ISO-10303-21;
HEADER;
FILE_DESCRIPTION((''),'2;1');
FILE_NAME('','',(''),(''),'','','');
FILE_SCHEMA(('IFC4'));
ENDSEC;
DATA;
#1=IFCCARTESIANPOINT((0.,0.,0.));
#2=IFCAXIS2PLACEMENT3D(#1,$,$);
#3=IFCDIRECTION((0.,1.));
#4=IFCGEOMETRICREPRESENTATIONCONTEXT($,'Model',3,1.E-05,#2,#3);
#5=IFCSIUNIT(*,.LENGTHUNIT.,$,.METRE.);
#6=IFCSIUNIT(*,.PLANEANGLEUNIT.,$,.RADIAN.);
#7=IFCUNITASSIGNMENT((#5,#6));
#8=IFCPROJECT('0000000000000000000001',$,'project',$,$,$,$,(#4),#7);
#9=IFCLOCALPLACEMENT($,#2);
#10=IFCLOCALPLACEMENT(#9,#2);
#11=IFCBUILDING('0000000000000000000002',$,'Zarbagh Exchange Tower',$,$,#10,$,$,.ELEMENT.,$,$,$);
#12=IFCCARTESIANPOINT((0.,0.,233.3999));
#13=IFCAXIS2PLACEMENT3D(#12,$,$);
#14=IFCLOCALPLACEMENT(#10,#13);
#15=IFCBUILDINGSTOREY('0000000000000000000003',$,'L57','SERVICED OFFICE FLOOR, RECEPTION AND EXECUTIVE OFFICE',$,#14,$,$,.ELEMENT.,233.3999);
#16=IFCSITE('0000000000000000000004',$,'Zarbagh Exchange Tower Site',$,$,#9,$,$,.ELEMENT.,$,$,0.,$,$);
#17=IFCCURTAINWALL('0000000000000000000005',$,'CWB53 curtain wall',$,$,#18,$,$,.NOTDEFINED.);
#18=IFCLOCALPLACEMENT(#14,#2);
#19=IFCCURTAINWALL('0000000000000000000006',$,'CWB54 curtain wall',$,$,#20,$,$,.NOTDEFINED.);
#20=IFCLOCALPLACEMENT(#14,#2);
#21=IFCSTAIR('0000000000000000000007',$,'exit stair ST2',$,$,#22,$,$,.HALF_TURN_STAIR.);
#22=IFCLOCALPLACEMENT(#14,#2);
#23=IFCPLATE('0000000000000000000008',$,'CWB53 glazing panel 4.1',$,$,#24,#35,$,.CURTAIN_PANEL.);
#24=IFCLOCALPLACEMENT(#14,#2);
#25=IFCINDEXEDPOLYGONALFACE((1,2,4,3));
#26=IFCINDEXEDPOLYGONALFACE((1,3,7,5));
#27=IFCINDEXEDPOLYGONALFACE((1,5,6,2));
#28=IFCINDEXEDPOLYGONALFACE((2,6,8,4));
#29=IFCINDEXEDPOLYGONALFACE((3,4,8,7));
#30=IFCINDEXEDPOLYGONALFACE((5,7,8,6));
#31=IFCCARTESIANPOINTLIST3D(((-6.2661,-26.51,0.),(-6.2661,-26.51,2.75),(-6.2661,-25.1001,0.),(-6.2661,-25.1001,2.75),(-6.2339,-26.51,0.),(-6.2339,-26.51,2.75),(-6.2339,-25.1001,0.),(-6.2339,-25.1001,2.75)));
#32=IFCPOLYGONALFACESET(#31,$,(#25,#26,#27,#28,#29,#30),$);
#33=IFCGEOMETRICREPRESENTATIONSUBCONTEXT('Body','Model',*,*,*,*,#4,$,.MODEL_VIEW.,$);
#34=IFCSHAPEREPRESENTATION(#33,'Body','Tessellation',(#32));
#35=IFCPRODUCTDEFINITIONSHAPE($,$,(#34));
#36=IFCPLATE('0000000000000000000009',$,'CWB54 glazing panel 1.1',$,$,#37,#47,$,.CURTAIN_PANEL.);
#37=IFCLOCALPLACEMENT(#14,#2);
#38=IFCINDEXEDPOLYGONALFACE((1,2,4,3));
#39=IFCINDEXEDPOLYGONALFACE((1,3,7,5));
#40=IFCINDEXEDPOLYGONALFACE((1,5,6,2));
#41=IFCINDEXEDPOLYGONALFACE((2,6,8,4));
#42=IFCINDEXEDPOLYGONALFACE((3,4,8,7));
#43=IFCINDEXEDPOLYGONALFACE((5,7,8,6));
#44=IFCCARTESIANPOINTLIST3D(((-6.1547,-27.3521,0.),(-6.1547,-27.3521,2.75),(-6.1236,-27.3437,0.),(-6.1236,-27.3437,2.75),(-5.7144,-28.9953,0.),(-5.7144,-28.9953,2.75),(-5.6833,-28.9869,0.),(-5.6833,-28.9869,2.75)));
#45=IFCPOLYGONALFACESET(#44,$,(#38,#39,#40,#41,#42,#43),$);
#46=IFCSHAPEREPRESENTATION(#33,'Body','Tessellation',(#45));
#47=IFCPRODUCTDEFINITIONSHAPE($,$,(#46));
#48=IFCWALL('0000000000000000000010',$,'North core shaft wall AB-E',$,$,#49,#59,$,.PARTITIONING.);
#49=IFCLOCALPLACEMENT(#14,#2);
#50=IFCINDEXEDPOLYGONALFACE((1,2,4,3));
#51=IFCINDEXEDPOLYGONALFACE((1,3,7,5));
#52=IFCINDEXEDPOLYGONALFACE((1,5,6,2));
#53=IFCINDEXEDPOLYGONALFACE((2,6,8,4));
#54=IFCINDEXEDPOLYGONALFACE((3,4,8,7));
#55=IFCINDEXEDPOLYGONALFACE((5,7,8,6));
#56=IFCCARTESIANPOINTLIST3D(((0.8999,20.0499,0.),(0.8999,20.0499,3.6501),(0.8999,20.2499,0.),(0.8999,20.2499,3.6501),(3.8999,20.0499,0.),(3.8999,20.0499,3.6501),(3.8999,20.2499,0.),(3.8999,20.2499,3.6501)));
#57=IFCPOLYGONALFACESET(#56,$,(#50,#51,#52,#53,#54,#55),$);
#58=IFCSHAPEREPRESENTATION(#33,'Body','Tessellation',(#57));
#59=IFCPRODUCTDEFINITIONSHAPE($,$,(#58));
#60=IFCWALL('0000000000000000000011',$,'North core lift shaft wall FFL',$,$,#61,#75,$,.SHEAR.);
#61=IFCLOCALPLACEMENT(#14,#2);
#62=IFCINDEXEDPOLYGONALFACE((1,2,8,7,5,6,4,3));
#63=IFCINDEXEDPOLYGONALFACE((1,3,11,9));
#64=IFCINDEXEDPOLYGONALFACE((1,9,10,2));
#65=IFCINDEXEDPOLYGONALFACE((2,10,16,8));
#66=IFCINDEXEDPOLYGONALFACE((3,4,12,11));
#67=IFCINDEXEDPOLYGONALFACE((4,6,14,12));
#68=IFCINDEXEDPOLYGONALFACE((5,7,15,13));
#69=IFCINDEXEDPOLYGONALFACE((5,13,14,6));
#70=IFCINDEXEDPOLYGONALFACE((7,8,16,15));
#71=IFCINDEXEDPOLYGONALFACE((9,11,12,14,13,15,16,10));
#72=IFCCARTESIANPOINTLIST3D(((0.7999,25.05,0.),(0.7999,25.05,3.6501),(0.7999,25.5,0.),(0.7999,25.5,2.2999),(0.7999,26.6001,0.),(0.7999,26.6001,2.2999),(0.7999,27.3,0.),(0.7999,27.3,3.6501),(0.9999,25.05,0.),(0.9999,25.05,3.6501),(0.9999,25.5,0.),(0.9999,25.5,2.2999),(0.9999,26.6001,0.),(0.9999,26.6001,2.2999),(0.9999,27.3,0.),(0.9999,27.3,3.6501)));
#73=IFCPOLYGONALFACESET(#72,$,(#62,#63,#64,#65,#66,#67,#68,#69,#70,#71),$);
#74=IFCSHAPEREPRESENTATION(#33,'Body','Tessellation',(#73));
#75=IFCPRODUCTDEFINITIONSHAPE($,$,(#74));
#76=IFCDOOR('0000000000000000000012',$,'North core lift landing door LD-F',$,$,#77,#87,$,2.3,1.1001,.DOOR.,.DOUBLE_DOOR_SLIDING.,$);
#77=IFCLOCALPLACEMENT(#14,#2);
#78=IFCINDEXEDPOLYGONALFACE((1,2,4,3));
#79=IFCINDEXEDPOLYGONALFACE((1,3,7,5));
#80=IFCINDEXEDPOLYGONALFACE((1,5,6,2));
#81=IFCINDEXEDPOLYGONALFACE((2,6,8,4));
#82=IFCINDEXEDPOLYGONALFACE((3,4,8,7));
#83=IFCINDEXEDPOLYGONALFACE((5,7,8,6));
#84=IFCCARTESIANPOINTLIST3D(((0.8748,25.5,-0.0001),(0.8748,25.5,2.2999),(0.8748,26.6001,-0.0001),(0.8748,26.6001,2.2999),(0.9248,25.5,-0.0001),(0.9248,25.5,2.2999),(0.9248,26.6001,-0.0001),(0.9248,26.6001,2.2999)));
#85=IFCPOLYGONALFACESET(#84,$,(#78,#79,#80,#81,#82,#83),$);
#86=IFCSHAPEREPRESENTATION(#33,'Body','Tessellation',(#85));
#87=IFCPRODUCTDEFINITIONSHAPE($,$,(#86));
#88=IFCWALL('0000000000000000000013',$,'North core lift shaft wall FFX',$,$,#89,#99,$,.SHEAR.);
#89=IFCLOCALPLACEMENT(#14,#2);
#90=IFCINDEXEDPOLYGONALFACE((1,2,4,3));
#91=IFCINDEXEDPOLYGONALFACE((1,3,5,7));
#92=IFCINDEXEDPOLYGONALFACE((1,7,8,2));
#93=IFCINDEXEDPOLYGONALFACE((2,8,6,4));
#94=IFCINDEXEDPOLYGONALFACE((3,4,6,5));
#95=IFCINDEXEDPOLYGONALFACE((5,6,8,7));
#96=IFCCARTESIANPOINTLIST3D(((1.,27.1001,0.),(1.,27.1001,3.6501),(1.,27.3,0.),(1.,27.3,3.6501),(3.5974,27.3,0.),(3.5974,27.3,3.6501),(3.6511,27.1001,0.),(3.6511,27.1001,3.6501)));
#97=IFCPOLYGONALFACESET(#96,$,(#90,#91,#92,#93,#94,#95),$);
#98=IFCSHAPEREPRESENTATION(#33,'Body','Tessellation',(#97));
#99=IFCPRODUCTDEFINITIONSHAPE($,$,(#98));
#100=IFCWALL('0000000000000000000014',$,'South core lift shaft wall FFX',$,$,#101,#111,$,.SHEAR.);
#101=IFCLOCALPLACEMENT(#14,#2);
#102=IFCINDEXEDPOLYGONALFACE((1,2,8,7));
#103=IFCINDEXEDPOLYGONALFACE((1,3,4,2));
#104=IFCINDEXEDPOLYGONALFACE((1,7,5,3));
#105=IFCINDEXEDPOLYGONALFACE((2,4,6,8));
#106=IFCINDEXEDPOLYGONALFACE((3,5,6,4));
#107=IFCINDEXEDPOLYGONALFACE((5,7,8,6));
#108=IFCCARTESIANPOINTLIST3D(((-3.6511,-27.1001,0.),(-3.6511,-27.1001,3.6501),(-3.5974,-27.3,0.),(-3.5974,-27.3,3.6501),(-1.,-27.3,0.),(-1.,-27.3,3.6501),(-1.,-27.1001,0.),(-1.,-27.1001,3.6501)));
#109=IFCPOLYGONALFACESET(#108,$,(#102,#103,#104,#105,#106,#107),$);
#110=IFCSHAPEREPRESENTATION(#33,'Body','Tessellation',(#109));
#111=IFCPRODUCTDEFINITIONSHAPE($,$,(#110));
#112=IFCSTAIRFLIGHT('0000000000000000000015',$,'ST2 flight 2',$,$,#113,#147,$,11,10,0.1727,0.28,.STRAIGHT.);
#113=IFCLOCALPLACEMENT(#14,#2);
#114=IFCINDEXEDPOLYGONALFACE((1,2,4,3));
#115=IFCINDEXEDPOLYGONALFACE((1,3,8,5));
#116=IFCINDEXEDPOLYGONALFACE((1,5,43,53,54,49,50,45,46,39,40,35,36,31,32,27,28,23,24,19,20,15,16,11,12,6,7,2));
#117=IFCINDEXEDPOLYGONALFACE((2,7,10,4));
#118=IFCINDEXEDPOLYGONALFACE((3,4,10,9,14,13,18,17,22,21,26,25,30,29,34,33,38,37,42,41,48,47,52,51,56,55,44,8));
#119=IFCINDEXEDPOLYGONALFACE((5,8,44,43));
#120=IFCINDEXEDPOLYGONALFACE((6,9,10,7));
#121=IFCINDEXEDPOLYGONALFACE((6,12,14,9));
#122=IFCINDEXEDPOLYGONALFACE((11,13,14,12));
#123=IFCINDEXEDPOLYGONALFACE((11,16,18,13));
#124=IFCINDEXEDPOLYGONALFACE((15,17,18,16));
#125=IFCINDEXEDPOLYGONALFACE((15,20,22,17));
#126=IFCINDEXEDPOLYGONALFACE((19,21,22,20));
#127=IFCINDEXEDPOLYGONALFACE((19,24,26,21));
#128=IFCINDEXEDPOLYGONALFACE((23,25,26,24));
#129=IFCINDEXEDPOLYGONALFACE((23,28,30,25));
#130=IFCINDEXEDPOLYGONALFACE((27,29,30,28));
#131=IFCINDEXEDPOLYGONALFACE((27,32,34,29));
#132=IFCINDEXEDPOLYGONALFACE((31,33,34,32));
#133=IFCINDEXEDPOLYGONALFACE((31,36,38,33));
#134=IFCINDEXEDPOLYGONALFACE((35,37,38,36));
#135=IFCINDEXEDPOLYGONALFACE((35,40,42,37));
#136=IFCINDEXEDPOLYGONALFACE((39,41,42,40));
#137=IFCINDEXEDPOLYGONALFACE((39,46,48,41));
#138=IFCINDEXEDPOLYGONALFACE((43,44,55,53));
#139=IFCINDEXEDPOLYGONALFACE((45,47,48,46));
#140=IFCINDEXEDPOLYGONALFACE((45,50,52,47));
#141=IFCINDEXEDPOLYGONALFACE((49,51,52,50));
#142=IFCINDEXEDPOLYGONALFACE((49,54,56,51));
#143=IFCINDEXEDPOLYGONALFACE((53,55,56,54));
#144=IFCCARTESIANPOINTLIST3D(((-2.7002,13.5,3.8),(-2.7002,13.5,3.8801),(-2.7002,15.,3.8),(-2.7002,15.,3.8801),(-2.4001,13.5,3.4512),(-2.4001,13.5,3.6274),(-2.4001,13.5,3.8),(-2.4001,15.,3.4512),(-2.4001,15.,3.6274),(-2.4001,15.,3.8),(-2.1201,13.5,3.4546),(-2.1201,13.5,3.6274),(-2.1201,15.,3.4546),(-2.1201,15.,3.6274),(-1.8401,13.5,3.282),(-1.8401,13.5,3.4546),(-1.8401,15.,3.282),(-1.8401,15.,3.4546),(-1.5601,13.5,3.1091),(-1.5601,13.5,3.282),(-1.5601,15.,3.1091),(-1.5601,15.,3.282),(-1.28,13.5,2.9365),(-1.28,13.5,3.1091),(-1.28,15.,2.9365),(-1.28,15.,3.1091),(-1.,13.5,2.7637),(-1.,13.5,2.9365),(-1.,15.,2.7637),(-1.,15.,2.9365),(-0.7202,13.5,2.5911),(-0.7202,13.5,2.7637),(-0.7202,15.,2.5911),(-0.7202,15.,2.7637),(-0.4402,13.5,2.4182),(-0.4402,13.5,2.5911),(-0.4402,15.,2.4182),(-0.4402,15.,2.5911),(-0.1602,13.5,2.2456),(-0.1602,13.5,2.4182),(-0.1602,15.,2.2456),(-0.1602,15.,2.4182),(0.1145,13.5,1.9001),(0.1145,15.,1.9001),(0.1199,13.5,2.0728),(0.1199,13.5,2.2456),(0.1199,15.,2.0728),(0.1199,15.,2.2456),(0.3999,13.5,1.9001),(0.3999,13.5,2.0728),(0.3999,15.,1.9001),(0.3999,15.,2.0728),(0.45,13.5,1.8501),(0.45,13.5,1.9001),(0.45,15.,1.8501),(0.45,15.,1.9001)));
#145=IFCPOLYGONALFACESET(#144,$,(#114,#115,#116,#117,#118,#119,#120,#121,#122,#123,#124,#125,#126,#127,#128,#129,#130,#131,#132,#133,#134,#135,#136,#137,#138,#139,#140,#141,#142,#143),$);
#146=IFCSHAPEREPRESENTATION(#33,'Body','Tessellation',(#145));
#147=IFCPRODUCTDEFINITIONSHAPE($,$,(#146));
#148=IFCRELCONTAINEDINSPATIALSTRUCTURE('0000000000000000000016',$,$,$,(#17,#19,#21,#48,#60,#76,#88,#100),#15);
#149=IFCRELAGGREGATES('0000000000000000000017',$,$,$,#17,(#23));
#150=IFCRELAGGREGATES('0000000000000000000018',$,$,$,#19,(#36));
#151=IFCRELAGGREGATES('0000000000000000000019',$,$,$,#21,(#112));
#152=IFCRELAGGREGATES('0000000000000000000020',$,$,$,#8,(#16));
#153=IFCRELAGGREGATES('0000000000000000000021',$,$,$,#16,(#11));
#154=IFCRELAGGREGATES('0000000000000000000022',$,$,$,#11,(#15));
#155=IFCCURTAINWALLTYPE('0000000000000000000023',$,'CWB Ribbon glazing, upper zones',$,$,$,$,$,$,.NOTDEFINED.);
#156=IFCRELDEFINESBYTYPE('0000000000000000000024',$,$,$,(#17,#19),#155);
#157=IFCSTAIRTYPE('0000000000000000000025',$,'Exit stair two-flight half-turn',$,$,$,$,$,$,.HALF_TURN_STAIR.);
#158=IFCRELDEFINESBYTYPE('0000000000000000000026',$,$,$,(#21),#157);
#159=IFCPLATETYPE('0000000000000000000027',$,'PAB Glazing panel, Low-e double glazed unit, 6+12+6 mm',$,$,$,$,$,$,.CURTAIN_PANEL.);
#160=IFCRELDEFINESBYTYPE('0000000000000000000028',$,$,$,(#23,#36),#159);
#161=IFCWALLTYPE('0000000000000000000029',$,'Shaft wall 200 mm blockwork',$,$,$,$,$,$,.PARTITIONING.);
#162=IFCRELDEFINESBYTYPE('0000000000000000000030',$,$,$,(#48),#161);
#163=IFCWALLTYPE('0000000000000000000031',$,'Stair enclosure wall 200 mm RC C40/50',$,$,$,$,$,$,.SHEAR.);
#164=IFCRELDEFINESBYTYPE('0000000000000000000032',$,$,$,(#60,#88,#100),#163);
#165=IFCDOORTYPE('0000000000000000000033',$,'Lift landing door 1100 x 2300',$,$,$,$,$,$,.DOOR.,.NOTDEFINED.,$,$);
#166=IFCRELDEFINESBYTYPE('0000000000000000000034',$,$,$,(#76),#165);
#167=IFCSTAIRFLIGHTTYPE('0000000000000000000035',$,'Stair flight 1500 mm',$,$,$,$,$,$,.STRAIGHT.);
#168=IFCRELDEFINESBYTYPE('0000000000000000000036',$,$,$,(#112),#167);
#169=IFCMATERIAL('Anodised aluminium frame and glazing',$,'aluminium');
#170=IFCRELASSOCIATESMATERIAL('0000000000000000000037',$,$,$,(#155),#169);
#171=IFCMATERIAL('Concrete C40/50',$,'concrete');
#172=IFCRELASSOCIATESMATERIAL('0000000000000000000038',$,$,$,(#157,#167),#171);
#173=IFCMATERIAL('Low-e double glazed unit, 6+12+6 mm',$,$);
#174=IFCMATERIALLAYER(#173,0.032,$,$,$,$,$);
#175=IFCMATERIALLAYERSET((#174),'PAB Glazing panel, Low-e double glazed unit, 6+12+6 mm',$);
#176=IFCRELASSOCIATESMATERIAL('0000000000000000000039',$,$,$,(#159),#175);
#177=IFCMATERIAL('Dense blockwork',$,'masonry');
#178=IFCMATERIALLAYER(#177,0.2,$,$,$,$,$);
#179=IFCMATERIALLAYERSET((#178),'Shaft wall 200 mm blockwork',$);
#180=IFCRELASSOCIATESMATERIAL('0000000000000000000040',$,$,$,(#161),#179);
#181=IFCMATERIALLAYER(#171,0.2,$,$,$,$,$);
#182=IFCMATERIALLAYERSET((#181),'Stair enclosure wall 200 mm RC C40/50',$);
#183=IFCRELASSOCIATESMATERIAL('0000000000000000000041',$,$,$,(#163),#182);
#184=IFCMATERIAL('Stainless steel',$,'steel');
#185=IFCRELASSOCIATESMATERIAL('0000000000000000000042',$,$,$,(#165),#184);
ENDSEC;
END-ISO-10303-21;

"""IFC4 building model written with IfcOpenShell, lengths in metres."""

from ifc_helpers import new_model, si_unit, direction, frame, frame_2d, origin, place, context, subcontext, project, spatial, polyline, rectangle, outline, extrude, source, transform, mapped, material, layer, layer_set, type_object, element, fill, aggregate, save


model = new_model("IFC4")

# Units and contexts
model_context = context("Model", 3, precision=1e-05, world=origin(), true_north=direction((0.0, 1.0)))
body_context = subcontext(model_context, "Body", "Model", "MODEL_VIEW")
ifc_project = project(units=[si_unit("LENGTHUNIT", "METRE"), si_unit("PLANEANGLEUNIT", "RADIAN")], contexts=[model_context])

# Site, building, storey
site_placement = place(None, origin())
site = spatial("IfcSite", under=ifc_project, at=site_placement, Name="Zarbagh Exchange Tower Site", CompositionType="ELEMENT", RefElevation=0.0)
building_placement = place(site_placement, origin())
building = spatial("IfcBuilding", under=site, at=building_placement, Name="Zarbagh Exchange Tower", CompositionType="ELEMENT")
storey_placement = place(building_placement, frame((0.0, 0.0, 233.3999)))
storey = spatial("IfcBuildingStorey", under=building, at=storey_placement, Name="L57", Description="SERVICED OFFICE FLOOR, RECEPTION AND EXECUTIVE OFFICE", CompositionType="ELEMENT", Elevation=233.3999)

# Curtain wall
ifc_material_1 = material(Name="Anodised aluminium frame and glazing", Category="aluminium")
curtain_wall_type = type_object("IfcCurtainWallType", Name="CWB Ribbon glazing, upper zones", PredefinedType="NOTDEFINED", material=ifc_material_1)
curtain_wall_1_placement = place(storey_placement, origin())
curtain_wall_1 = element("IfcCurtainWall", 1, at=curtain_wall_1_placement, inside=storey, type_object=curtain_wall_type, Name="CWB53 curtain wall", PredefinedType="NOTDEFINED")
placement = place(storey_placement, origin())

# Curtain wall
curtain_wall_2_placement = place(storey_placement, origin())
curtain_wall_2 = element("IfcCurtainWall", 2, at=curtain_wall_2_placement, inside=storey, type_object=curtain_wall_type, Name="CWB54 curtain wall", PredefinedType="NOTDEFINED")

# Stair
ifc_material_2 = material(Name="Concrete C40/50", Category="concrete")
stair_type = type_object("IfcStairType", Name="Exit stair two-flight half-turn", PredefinedType="HALF_TURN_STAIR", material=ifc_material_2)
stair_1_placement = place(storey_placement, origin())
stair_1 = element("IfcStair", 3, at=stair_1_placement, inside=storey, type_object=stair_type, Name="exit stair ST2", PredefinedType="HALF_TURN_STAIR")

# Shared definitions
ifc_material_3 = material(Name="Low-e double glazed unit, 6+12+6 mm")
ifc_layer_1 = layer(ifc_material_3, 0.032)
ifc_layer_set_1 = layer_set([ifc_layer_1], Name="PAB Glazing panel, Low-e double glazed unit, 6+12+6 mm")
plate_type = type_object("IfcPlateType", Name="PAB Glazing panel, Low-e double glazed unit, 6+12+6 mm", PredefinedType="CURTAIN_PANEL", material=ifc_layer_set_1)

# Plates
shared_shape_1 = source(origin(), body_context, "Body", "SweptSolid", [
    extrude(outline(polyline([(0.0, -0.0161), (1.4099, -0.0161), (1.4099, 0.0161), (0.0, 0.0161), (0.0, -0.0161)])), origin(), (0.0, 0.0, 1.0), 2.75),
])
plate_1 = element("IfcPlate", 4, at=placement, type_object=plate_type, Name="CWB53 glazing panel 4.1", PredefinedType="CURTAIN_PANEL", context=body_context, shape_type="MappedRepresentation", body=[
    mapped(shared_shape_1, transform((-6.25, -25.1001, 0.0), x_axis=(0.0, -1.0, 0.0), y_axis=(1.0, 0.0, 0.0), z_axis=(0.0, 0.0, 1.0))),
])
aggregate(curtain_wall_1, [plate_1])
shared_shape_2 = source(origin(), body_context, "Body", "SweptSolid", [
    extrude(outline(polyline([(0.0, -0.0161), (1.7012, -0.0161), (1.7012, 0.0161), (0.0, 0.0161), (0.0, -0.0161)])), origin(), (0.0, 0.0, 1.0), 2.75),
])
plate_2 = element("IfcPlate", 5, at=placement, type_object=plate_type, Name="CWB54 glazing panel 1.1", PredefinedType="CURTAIN_PANEL", context=body_context, shape_type="MappedRepresentation", body=[
    mapped(shared_shape_2, transform((-6.1392, -27.3479, 0.0), x_axis=(0.258825, -0.965924, 0.0), y_axis=(0.965924, 0.258825, 0.0), z_axis=(0.0, 0.0, 1.0))),
])
aggregate(curtain_wall_2, [plate_2])

# Wall
ifc_material_4 = material(Name="Dense blockwork", Category="masonry")
ifc_layer_2 = layer(ifc_material_4, 0.2)
ifc_layer_set_2 = layer_set([ifc_layer_2], Name="Shaft wall 200 mm blockwork")
wall_type_1 = type_object("IfcWallType", Name="Shaft wall 200 mm blockwork", PredefinedType="PARTITIONING", material=ifc_layer_set_2)
wall_1_placement = place(storey_placement, frame((0.8999, 20.1499, 0.0), z_axis=(0.0, 0.0, 1.0), x_axis=(1.0, 0.0, 0.0)))
element("IfcWall", 6, at=wall_1_placement, inside=storey, type_object=wall_type_1, Name="North core shaft wall AB-E", PredefinedType="PARTITIONING", context=body_context, shape_type="SweptSolid", body=[
    extrude(rectangle(XDim=3.0, YDim=0.2, at=frame_2d((1.5, 0.0))), origin(), (0.0, 0.0, 1.0), 3.6501),
])

# Wall, opening, door
ifc_layer_3 = layer(ifc_material_2, 0.2)
ifc_layer_set_3 = layer_set([ifc_layer_3], Name="Stair enclosure wall 200 mm RC C40/50")
wall_type_2 = type_object("IfcWallType", Name="Stair enclosure wall 200 mm RC C40/50", PredefinedType="SHEAR", material=ifc_layer_set_3)
wall_2_placement = place(storey_placement, frame((0.8999, 27.3, 0.0), z_axis=(0.0, 0.0, 1.0), x_axis=(0.0, -1.0, 0.0)))
wall_2 = element("IfcWall", 7, at=wall_2_placement, inside=storey, type_object=wall_type_2, Name="North core lift shaft wall FFL", PredefinedType="SHEAR", context=body_context, shape_type="SweptSolid", body=[
    extrude(rectangle(XDim=2.25, YDim=0.2, at=frame_2d((1.125, 0.0))), origin(), (0.0, 0.0, 1.0), 3.6501),
])
opening_placement = place(wall_2_placement, frame((0.7, 0.0, 0.0)))
opening = element("IfcOpeningElement", 8, at=opening_placement, cuts=wall_2, PredefinedType="OPENING", context=body_context, shape_type="SweptSolid", body=[
    extrude(rectangle(XDim=1.1001, YDim=2.3, at=frame_2d((0.55, 1.1499))), frame((0.0, 0.1099, 0.0), z_axis=(0.0, -1.0, 0.0), x_axis=(1.0, 0.0, 0.0)), (0.0, 0.0, 1.0), 0.22),
])
ifc_material_5 = material(Name="Stainless steel", Category="steel")
door_type = type_object("IfcDoorType", Name="Lift landing door 1100 x 2300", OperationType="NOTDEFINED", PredefinedType="DOOR", material=ifc_material_5)
door_placement = place(opening_placement, origin())
door = element("IfcDoor", 9, at=door_placement, inside=storey, type_object=door_type, Name="North core lift landing door LD-F", OperationType="DOUBLE_DOOR_SLIDING", OverallHeight=2.3, OverallWidth=1.1001, PredefinedType="DOOR", context=body_context, shape_type="SweptSolid", body=[
    extrude(rectangle(XDim=1.1001, YDim=2.3, at=frame_2d((0.55, 1.1499))), frame((0.0, 0.0249, 0.0), z_axis=(0.0, -1.0, 0.0), x_axis=(1.0, 0.0, 0.0)), (0.0, 0.0, 1.0), 0.05),
])
fill(opening, door)

# Walls
wall_3_placement = place(storey_placement, origin())
element("IfcWall", 10, at=wall_3_placement, inside=storey, type_object=wall_type_2, Name="North core lift shaft wall FFX", PredefinedType="SHEAR", context=body_context, shape_type="SweptSolid", body=[
    extrude(outline(polyline([(1.0, 27.1001), (3.6511, 27.1001), (3.5974, 27.3), (1.0, 27.3), (1.0, 27.1001)])), origin(), (0.0, 0.0, 1.0), 3.6501),
])
wall_4_placement = place(storey_placement, origin())
element("IfcWall", 11, at=wall_4_placement, inside=storey, type_object=wall_type_2, Name="South core lift shaft wall FFX", PredefinedType="SHEAR", context=body_context, shape_type="SweptSolid", body=[
    extrude(outline(polyline([(-1.0, -27.1001), (-3.6511, -27.1001), (-3.5974, -27.3), (-1.0, -27.3), (-1.0, -27.1001)])), origin(), (0.0, 0.0, 1.0), 3.6501),
])

# Stair flight
stair_flight_type = type_object("IfcStairFlightType", Name="Stair flight 1500 mm", PredefinedType="STRAIGHT", material=ifc_material_2)
stair_flight_placement = place(storey_placement, frame((0.3999, 14.25, 1.9001), z_axis=(0.0, 0.0, 1.0), x_axis=(-1.0, 0.0, 0.0)))
stair_flight = element("IfcStairFlight", 12, at=stair_flight_placement, type_object=stair_flight_type, Name="ST2 flight 2", NumberOfRisers=11, NumberOfTreads=10, PredefinedType="STRAIGHT", RiserHeight=0.1727, TreadLength=0.28, context=body_context, shape_type="SweptSolid", body=[
    extrude(outline(polyline([(-0.05, -0.05), (-0.05, 0.0), (0.0, 0.0), (0.0, 0.1726), (0.28, 0.1726), (0.28, 0.3455), (0.5601, 0.3455), (0.5601, 0.5181), (0.8401, 0.5181), (0.8401, 0.6909), (1.1201, 0.6909), (1.1201, 0.8635), (1.3999, 0.8635), (1.3999, 1.0364), (1.6799, 1.0364), (1.6799, 1.209), (1.96, 1.209), (1.96, 1.3818), (2.24, 1.3818), (2.24, 1.5544), (2.52, 1.5544), (2.52, 1.7273), (2.8, 1.7273), (2.8, 1.8999), (3.1001, 1.98), (3.1001, 1.8999), (2.8, 1.551), (0.2854, 0.0), (-0.05, -0.05)])), frame((0.0, 0.75, 0.0), z_axis=(0.0, -1.0, 0.0), x_axis=(1.0, 0.0, 0.0)), (0.0, 0.0, 1.0), 1.5),
])
aggregate(stair_1, [stair_flight])

save(model, "model.ifc")
